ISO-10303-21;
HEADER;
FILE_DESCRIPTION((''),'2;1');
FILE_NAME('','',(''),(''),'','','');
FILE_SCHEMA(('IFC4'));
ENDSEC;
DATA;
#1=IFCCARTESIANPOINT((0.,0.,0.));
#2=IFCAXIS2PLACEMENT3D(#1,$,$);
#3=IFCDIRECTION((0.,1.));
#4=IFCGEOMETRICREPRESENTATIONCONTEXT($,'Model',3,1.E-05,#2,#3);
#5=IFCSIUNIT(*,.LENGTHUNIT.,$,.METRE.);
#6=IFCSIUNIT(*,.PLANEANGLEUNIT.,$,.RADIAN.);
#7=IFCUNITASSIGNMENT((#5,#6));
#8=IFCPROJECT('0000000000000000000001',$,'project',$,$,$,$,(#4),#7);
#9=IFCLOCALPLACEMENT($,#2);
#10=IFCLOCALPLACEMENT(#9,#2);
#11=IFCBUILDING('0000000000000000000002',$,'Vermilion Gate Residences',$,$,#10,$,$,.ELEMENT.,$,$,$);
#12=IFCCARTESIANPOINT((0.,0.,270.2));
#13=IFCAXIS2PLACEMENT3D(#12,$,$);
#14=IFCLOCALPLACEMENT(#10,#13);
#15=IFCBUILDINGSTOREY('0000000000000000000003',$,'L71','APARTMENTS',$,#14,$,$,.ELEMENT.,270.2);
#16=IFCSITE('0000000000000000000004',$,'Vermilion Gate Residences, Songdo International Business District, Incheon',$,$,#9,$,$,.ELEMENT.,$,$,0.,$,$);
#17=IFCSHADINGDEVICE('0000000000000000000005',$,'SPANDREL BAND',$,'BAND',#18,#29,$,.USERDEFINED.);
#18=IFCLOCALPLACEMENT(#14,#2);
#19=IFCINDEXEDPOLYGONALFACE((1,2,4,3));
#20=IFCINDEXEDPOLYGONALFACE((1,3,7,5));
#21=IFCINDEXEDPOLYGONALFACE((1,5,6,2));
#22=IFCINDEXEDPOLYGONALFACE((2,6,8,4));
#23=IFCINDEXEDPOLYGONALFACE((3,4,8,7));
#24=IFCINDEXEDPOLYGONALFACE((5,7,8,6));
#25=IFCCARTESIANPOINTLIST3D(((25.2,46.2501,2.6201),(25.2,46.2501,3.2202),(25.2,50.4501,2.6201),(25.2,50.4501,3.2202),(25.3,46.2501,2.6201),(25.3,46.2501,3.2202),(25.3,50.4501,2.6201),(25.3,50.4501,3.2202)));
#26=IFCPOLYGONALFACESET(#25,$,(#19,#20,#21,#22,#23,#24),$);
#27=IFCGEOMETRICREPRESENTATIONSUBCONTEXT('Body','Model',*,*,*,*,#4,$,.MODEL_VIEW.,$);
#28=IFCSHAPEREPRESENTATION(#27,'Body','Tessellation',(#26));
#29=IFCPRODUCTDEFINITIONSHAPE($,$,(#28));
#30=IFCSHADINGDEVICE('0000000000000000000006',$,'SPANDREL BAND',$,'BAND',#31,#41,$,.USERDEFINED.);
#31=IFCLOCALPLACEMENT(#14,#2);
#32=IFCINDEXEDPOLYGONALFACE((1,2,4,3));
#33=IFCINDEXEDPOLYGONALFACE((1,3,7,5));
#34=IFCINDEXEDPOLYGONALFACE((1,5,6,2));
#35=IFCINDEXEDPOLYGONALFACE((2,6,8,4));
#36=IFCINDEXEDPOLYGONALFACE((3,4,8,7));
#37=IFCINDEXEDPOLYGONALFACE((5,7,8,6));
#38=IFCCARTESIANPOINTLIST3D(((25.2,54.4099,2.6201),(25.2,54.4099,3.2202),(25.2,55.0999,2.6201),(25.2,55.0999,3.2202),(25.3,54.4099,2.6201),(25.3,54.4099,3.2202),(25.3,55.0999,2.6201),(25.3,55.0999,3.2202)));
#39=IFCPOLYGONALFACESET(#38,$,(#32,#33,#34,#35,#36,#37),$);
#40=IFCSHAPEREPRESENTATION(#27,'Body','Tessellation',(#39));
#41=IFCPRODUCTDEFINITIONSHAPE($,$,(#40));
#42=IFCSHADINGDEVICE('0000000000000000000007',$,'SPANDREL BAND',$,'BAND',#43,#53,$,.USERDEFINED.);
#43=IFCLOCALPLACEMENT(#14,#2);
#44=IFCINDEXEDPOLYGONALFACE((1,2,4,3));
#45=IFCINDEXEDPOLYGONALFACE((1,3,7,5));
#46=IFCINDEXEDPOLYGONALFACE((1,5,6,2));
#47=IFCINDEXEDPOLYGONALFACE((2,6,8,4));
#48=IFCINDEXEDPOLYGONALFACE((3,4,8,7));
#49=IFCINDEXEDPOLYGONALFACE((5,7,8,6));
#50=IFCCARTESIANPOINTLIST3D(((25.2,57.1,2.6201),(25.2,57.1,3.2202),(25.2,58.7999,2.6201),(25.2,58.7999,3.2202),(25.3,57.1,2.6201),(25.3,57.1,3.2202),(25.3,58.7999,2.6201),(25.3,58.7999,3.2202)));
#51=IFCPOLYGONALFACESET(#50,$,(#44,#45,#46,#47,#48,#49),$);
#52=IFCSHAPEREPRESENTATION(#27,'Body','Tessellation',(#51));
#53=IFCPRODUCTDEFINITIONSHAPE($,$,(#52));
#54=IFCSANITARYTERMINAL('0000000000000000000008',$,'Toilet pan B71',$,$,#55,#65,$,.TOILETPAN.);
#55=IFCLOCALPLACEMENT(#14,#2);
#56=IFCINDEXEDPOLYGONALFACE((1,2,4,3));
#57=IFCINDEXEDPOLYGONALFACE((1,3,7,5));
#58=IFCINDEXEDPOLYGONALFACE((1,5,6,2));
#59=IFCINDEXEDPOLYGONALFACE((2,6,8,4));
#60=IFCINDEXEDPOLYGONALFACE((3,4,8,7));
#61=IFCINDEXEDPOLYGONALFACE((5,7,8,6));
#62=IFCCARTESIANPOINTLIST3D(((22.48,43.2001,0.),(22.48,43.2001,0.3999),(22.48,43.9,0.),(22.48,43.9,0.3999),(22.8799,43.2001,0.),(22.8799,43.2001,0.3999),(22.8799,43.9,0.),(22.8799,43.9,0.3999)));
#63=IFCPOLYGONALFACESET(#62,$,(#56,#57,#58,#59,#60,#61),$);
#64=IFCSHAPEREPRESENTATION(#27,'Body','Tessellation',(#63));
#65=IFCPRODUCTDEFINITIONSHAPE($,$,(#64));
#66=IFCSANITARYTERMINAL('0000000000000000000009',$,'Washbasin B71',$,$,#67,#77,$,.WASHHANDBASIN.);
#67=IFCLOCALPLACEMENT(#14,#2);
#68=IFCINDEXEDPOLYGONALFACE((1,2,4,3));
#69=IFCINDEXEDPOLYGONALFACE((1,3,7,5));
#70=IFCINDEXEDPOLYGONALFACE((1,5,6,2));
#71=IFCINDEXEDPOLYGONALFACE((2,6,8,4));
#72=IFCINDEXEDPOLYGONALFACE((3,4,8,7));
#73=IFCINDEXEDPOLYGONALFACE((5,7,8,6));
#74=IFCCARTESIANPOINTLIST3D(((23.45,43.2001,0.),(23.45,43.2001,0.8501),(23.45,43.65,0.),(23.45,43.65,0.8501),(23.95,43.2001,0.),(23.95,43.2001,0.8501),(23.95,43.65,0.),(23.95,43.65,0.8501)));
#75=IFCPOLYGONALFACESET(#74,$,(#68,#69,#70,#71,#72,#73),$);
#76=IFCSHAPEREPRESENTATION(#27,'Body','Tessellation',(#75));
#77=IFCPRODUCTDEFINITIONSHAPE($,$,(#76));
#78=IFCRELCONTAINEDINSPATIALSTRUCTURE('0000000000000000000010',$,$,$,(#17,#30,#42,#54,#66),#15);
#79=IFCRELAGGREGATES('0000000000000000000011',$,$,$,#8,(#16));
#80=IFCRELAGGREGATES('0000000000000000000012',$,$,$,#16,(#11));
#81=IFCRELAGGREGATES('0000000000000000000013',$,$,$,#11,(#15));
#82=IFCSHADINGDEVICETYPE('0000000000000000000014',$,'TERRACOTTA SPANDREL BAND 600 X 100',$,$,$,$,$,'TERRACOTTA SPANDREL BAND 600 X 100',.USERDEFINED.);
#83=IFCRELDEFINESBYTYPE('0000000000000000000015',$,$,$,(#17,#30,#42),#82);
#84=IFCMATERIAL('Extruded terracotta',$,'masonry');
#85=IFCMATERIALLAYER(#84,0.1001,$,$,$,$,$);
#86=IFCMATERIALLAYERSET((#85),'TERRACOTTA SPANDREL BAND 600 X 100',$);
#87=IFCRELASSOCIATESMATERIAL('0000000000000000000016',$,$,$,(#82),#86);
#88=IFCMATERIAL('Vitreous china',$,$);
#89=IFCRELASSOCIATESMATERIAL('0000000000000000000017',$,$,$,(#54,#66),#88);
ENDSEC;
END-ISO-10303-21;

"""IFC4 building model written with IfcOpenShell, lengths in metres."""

from ifc_helpers import new_model, si_unit, direction, frame, origin, origin_2d, place, context, subcontext, project, spatial, rectangle, extrude, material, layer, layer_set, type_object, element, save


model = new_model("IFC4")

# Units and contexts
model_context = context("Model", 3, precision=1e-05, world=origin(), true_north=direction((0.0, 1.0)))
body_context = subcontext(model_context, "Body", "Model", "MODEL_VIEW")
ifc_project = project(units=[si_unit("LENGTHUNIT", "METRE"), si_unit("PLANEANGLEUNIT", "RADIAN")], contexts=[model_context])

# Site, building, storey
site_placement = place(None, origin())
site = spatial("IfcSite", under=ifc_project, at=site_placement, Name="Vermilion Gate Residences, Songdo International Business District, Incheon", CompositionType="ELEMENT", RefElevation=0.0)
building_placement = place(site_placement, origin())
building = spatial("IfcBuilding", under=site, at=building_placement, Name="Vermilion Gate Residences", CompositionType="ELEMENT")
storey_placement = place(building_placement, frame((0.0, 0.0, 270.2)))
storey = spatial("IfcBuildingStorey", under=building, at=storey_placement, Name="L71", Description="APARTMENTS", CompositionType="ELEMENT", Elevation=270.2)

# Shading devices
ifc_material_1 = material(Name="Extruded terracotta", Category="masonry")
ifc_layer_1 = layer(ifc_material_1, 0.1001)
ifc_layer_set_1 = layer_set([ifc_layer_1], Name="TERRACOTTA SPANDREL BAND 600 X 100")
shading_device_type_1 = type_object("IfcShadingDeviceType", Name="TERRACOTTA SPANDREL BAND 600 X 100", ElementType="TERRACOTTA SPANDREL BAND 600 X 100", PredefinedType="USERDEFINED", material=ifc_layer_set_1)
shading_device_1_placement = place(storey_placement, frame((25.25, 48.3501, 2.6201), z_axis=(0.0, 0.0, 1.0), x_axis=(0.0, 1.0, 0.0)))
element("IfcShadingDevice", 1, at=shading_device_1_placement, inside=storey, type_object=shading_device_type_1, Name="SPANDREL BAND", ObjectType="BAND", PredefinedType="USERDEFINED", context=body_context, shape_type="SweptSolid", body=[
    extrude(rectangle(XDim=4.2, YDim=0.1001, at=origin_2d()), origin(), (0.0, 0.0, 1.0), 0.6001),
])
shading_device_2_placement = place(storey_placement, frame((25.25, 54.7549, 2.6201), z_axis=(0.0, 0.0, 1.0), x_axis=(0.0, 1.0, 0.0)))
element("IfcShadingDevice", 2, at=shading_device_2_placement, inside=storey, type_object=shading_device_type_1, Name="SPANDREL BAND", ObjectType="BAND", PredefinedType="USERDEFINED", context=body_context, shape_type="SweptSolid", body=[
    extrude(rectangle(XDim=0.6899, YDim=0.1001, at=origin_2d()), origin(), (0.0, 0.0, 1.0), 0.6001),
])
shading_device_3_placement = place(storey_placement, frame((25.25, 57.95, 2.6201), z_axis=(0.0, 0.0, 1.0), x_axis=(0.0, 1.0, 0.0)))
element("IfcShadingDevice", 3, at=shading_device_3_placement, inside=storey, type_object=shading_device_type_1, Name="SPANDREL BAND", ObjectType="BAND", PredefinedType="USERDEFINED", context=body_context, shape_type="SweptSolid", body=[
    extrude(rectangle(XDim=1.7, YDim=0.1001, at=origin_2d()), origin(), (0.0, 0.0, 1.0), 0.6001),
])

# Sanitary terminals
ifc_material_2 = material(Name="Vitreous china")
sanitary_terminal_1_placement = place(storey_placement, frame((22.6799, 43.55, 0.0), z_axis=(0.0, 0.0, 1.0), x_axis=(1.0, 0.0, 0.0)))
element("IfcSanitaryTerminal", 4, at=sanitary_terminal_1_placement, inside=storey, material=ifc_material_2, Name="Toilet pan B71", PredefinedType="TOILETPAN", context=body_context, shape_type="SweptSolid", body=[
    extrude(rectangle(XDim=0.3999, YDim=0.7, at=origin_2d()), origin(), (0.0, 0.0, 1.0), 0.3999),
])
sanitary_terminal_2_placement = place(storey_placement, frame((23.7, 43.425, 0.0), z_axis=(0.0, 0.0, 1.0), x_axis=(1.0, 0.0, 0.0)))
element("IfcSanitaryTerminal", 5, at=sanitary_terminal_2_placement, inside=storey, material=ifc_material_2, Name="Washbasin B71", PredefinedType="WASHHANDBASIN", context=body_context, shape_type="SweptSolid", body=[
    extrude(rectangle(XDim=0.5, YDim=0.45, at=origin_2d()), origin(), (0.0, 0.0, 1.0), 0.8501),
])

save(model, "model.ifc")
